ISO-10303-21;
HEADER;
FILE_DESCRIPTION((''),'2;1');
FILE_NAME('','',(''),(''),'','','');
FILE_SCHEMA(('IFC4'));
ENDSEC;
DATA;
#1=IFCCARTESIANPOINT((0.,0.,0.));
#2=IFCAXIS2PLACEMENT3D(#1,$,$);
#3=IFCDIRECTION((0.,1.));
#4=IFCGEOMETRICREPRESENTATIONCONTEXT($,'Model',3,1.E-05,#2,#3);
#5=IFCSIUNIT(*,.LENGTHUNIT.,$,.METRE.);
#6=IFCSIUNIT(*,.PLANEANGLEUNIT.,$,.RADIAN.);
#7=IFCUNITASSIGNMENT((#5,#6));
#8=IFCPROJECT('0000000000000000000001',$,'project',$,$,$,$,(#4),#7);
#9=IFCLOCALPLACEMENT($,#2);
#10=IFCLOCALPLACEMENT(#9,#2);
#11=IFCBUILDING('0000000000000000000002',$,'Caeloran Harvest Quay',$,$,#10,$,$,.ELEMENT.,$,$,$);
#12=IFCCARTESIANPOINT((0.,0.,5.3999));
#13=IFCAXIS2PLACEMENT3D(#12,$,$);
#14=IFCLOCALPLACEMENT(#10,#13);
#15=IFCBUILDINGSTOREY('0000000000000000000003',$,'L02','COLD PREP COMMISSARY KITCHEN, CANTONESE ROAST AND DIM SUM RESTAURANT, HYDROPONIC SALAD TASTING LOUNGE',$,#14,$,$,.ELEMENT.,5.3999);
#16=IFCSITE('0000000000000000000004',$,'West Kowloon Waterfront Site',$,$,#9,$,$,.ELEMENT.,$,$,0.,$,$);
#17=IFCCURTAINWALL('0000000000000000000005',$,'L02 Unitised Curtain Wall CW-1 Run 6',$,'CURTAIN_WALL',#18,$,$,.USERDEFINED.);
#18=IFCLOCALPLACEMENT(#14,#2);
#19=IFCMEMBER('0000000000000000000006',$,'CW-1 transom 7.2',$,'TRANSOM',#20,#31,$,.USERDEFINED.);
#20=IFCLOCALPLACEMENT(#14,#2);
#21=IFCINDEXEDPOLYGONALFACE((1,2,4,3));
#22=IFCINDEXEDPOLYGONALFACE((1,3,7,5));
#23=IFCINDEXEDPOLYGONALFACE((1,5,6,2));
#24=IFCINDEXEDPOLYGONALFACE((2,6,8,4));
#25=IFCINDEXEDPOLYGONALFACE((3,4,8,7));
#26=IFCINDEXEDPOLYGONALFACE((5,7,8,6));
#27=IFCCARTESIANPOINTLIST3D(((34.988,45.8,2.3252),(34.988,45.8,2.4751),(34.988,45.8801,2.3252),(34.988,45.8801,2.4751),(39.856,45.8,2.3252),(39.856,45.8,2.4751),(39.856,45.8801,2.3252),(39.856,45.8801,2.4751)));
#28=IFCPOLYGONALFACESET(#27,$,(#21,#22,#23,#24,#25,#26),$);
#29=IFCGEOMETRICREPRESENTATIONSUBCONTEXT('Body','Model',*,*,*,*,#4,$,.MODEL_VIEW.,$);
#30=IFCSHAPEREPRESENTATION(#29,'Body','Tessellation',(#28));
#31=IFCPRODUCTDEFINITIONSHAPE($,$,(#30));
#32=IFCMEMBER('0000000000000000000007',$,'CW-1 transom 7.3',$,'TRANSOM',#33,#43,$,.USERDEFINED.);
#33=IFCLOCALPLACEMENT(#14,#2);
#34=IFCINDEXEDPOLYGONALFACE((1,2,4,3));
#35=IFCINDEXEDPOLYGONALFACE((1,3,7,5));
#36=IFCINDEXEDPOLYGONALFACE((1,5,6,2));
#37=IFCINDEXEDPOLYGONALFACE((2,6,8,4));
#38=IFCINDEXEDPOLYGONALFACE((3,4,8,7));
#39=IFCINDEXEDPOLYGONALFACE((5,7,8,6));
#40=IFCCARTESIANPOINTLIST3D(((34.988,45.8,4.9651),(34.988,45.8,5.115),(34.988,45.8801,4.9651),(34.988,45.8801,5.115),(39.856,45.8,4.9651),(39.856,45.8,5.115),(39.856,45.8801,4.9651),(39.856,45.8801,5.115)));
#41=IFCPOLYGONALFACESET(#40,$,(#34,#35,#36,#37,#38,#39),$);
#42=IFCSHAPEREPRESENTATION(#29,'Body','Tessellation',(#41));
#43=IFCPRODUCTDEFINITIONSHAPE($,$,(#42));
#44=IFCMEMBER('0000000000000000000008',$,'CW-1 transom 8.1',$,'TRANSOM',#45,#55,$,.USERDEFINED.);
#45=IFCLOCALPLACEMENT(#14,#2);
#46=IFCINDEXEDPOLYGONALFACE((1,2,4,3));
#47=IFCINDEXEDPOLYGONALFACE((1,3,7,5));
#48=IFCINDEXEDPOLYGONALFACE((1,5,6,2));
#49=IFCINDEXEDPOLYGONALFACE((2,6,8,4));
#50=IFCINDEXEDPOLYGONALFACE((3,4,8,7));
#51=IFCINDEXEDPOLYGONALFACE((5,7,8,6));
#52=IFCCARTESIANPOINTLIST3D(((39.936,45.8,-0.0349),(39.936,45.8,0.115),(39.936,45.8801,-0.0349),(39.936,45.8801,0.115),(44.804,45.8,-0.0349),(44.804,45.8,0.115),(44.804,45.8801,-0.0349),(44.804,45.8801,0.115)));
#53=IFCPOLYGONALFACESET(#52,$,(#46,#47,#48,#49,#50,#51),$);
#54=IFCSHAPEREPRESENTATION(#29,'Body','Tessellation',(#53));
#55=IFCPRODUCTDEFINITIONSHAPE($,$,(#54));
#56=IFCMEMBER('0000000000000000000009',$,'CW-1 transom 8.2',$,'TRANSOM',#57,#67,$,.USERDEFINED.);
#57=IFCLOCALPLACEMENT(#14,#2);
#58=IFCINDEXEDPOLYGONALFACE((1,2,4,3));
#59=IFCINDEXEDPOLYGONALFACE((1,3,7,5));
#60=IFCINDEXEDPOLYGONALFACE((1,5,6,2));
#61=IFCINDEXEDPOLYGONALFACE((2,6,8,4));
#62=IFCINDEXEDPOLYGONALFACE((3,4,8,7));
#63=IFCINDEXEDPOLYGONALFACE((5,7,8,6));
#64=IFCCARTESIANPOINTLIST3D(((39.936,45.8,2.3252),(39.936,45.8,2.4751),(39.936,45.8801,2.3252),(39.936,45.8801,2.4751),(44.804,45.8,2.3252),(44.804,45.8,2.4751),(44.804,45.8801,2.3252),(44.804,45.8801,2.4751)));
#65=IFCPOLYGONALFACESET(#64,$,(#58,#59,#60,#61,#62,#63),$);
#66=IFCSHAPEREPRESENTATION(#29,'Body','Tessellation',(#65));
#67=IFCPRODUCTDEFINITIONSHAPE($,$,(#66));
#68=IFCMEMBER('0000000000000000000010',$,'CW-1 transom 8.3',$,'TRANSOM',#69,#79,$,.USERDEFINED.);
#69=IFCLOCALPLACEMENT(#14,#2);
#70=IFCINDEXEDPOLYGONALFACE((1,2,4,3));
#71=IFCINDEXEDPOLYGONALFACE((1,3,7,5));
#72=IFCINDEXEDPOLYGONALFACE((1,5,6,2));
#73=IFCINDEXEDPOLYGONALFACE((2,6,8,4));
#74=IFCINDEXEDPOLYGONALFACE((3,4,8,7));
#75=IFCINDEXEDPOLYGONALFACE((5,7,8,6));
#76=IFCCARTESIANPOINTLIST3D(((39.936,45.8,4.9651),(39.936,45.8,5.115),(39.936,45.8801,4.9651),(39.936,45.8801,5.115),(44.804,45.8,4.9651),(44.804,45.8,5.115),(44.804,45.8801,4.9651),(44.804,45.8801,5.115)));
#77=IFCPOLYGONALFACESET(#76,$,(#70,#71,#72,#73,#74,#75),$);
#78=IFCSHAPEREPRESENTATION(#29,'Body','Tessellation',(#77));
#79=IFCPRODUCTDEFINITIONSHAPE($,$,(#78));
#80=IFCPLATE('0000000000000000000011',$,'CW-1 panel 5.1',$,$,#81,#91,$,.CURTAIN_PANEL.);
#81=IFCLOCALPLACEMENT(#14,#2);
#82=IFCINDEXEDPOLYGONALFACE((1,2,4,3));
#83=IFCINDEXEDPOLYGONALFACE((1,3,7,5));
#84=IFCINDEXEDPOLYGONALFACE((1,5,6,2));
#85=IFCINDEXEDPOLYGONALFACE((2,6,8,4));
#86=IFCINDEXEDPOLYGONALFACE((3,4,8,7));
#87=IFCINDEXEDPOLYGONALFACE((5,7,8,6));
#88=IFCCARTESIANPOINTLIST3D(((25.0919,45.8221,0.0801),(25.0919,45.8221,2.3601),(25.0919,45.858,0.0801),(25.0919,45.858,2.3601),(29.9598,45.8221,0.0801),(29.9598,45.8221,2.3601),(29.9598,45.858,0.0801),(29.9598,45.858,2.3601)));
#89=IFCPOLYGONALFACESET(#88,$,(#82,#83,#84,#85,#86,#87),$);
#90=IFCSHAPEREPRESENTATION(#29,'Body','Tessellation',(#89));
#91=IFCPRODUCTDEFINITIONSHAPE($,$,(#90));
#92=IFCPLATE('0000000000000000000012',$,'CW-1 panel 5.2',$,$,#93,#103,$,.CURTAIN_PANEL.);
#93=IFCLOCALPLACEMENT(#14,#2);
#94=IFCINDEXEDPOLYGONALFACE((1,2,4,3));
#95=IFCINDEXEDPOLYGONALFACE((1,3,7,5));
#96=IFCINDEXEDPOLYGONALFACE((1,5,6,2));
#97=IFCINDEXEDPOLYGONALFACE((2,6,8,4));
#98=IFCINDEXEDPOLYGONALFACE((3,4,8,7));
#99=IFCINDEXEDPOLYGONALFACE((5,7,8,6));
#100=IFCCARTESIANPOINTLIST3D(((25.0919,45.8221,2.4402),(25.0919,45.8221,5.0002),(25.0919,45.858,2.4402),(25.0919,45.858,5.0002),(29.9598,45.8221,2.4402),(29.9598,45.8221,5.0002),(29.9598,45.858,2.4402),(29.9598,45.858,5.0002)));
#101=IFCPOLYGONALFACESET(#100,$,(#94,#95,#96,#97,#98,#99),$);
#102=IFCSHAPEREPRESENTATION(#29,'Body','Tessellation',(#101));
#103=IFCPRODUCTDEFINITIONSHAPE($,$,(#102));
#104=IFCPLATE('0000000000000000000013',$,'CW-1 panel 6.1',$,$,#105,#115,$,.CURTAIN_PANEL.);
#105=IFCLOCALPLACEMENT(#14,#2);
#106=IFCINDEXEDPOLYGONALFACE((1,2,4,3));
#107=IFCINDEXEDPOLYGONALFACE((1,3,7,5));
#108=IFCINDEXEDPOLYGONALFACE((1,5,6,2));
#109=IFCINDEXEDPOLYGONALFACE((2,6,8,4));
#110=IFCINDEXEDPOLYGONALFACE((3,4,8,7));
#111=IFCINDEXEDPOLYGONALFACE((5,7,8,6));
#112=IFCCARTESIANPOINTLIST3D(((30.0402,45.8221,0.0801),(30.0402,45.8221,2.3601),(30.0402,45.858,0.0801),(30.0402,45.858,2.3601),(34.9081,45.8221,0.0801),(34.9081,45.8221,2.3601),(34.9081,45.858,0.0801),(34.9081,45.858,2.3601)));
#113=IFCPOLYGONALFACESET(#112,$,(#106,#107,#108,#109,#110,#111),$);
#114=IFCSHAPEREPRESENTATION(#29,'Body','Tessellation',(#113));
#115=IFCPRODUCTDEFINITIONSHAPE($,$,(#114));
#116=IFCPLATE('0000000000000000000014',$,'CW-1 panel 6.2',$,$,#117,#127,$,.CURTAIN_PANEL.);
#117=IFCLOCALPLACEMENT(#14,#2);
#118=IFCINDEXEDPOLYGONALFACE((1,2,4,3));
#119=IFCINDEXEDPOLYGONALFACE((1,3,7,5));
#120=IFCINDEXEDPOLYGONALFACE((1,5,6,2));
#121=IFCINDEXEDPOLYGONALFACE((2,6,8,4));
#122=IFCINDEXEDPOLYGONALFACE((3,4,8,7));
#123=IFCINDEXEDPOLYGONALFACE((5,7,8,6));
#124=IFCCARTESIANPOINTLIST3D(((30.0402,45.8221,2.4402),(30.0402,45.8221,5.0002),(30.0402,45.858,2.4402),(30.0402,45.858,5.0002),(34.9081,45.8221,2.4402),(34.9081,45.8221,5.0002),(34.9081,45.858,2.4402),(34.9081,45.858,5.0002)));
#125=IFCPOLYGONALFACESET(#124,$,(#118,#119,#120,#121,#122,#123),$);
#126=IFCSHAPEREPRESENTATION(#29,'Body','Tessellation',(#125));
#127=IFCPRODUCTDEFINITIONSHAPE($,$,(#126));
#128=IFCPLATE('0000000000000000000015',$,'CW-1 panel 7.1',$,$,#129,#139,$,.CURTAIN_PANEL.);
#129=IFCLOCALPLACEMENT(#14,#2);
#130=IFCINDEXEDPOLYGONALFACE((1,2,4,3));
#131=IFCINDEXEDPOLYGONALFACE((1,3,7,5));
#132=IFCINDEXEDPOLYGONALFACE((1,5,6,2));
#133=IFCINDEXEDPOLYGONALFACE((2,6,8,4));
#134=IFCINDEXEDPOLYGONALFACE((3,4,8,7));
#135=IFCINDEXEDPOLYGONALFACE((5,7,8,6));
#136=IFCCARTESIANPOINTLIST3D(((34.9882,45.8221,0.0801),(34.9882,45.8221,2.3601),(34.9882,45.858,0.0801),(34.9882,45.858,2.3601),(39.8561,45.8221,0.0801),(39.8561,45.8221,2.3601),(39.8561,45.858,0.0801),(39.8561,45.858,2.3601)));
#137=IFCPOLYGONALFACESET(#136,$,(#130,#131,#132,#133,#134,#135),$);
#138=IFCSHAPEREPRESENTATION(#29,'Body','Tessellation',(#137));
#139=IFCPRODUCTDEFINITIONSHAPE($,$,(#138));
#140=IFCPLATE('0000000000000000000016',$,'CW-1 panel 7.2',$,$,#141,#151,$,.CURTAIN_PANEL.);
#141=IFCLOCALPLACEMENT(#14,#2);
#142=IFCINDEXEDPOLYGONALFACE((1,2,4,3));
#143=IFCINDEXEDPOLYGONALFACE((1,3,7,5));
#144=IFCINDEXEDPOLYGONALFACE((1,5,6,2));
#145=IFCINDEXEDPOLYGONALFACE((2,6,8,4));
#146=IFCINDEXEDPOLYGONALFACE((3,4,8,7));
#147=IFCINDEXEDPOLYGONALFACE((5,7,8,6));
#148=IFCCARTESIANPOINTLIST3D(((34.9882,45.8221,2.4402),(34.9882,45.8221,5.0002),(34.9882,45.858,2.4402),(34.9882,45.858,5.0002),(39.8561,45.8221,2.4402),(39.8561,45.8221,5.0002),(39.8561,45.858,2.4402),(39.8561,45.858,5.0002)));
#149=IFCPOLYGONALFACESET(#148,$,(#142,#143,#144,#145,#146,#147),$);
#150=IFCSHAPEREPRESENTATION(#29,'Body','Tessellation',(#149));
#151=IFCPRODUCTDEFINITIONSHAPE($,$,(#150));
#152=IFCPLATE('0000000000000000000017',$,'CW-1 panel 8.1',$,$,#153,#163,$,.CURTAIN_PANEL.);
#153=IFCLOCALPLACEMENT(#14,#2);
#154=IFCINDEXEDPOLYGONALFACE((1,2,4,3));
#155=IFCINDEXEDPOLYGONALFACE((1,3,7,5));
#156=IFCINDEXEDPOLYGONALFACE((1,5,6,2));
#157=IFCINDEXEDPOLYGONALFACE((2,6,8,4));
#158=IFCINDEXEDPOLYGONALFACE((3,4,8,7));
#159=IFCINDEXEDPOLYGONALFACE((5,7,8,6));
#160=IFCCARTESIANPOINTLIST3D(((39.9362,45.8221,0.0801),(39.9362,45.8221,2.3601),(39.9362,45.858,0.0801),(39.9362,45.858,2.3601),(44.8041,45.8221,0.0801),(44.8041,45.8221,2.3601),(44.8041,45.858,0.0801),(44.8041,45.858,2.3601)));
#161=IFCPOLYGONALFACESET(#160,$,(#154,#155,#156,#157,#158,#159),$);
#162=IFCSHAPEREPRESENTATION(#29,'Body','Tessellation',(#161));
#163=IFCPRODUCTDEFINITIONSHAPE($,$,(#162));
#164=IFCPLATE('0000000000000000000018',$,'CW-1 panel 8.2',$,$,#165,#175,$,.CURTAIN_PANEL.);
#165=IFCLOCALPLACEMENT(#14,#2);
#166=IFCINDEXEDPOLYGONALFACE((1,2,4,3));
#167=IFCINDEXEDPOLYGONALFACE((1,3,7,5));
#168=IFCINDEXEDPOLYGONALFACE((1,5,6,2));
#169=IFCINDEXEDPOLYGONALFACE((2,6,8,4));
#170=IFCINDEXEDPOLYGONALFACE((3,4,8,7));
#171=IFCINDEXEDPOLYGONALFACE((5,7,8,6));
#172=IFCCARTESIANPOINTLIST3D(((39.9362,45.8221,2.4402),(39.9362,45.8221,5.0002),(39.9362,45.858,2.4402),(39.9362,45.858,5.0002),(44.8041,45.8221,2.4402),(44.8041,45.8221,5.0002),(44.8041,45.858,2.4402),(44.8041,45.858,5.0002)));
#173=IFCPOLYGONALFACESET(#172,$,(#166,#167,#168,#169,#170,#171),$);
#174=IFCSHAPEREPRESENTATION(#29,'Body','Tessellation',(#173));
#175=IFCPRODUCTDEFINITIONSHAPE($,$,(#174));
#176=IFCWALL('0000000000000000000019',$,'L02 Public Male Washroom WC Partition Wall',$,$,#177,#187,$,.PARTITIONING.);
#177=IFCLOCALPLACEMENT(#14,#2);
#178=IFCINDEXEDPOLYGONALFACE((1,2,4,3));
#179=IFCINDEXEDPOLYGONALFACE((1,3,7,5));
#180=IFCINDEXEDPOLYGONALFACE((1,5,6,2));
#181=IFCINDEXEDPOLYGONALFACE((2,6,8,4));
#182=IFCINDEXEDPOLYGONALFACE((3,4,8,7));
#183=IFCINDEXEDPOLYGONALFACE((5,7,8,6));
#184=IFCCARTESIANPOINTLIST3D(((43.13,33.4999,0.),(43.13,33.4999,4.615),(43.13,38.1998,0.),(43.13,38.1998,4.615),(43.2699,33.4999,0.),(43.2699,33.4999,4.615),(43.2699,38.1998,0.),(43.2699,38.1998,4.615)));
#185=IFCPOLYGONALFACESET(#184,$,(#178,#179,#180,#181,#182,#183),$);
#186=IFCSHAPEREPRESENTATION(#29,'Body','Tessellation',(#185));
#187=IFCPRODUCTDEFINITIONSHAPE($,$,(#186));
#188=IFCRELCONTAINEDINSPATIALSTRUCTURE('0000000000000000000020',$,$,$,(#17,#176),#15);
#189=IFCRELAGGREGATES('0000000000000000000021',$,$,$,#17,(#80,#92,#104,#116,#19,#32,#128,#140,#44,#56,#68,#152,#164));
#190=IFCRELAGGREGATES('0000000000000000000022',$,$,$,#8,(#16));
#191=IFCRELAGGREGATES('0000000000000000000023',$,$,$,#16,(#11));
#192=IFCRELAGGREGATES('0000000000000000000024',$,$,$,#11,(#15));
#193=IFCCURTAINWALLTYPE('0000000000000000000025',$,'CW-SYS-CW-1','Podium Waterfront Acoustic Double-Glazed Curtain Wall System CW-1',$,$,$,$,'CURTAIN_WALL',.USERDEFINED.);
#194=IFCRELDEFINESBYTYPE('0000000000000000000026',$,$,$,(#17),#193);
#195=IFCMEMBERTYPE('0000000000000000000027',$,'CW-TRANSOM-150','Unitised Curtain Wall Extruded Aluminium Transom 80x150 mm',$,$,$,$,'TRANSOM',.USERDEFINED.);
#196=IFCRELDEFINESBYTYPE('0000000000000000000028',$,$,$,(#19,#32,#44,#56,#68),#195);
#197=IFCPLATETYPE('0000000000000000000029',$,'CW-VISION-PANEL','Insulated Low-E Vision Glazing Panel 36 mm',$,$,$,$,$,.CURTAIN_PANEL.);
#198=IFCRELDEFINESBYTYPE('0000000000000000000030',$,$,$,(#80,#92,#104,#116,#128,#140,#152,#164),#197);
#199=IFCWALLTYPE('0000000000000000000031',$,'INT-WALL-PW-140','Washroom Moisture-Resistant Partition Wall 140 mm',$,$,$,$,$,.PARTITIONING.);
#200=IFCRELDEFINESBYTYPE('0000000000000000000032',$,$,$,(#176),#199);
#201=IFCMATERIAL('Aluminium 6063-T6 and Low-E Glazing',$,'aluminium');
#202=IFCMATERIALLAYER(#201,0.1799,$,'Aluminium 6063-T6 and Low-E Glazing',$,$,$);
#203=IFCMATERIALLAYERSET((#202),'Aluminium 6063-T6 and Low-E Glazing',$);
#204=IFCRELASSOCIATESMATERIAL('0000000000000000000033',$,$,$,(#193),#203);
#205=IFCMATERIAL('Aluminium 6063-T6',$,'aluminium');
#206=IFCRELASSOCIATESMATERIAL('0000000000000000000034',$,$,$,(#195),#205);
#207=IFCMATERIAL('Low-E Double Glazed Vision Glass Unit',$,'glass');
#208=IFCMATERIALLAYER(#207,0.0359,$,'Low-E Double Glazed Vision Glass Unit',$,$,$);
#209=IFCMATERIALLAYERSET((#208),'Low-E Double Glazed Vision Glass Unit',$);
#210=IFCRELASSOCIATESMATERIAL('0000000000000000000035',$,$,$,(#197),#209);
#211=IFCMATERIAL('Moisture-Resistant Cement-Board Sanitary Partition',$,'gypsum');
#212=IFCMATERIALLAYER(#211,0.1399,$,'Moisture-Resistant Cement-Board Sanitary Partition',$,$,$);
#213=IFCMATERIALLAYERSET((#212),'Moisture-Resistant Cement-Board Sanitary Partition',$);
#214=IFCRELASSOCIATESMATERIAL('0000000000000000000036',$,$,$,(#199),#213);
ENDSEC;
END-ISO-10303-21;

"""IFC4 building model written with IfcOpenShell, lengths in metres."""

from ifc_helpers import new_model, si_unit, direction, frame, frame_2d, origin, origin_2d, place, context, subcontext, project, spatial, rectangle, extrude, material, layer, layer_set, material_profile, profile_set, type_object, element, aggregate, save


model = new_model("IFC4")

# Units and contexts
model_context = context("Model", 3, precision=1e-05, world=origin(), true_north=direction((0.0, 1.0)))
body_context = subcontext(model_context, "Body", "Model", "MODEL_VIEW")
ifc_project = project(units=[si_unit("LENGTHUNIT", "METRE"), si_unit("PLANEANGLEUNIT", "RADIAN")], contexts=[model_context])

# Site, building, storey
site_placement = place(None, origin())
site = spatial("IfcSite", under=ifc_project, at=site_placement, Name="West Kowloon Waterfront Site", CompositionType="ELEMENT", RefElevation=0.0)
building_placement = place(site_placement, origin())
building = spatial("IfcBuilding", under=site, at=building_placement, Name="Caeloran Harvest Quay", CompositionType="ELEMENT")
storey_placement = place(building_placement, frame((0.0, 0.0, 5.3999)))
storey = spatial("IfcBuildingStorey", under=building, at=storey_placement, Name="L02", Description="COLD PREP COMMISSARY KITCHEN, CANTONESE ROAST AND DIM SUM RESTAURANT, HYDROPONIC SALAD TASTING LOUNGE", CompositionType="ELEMENT", Elevation=5.3999)

# Curtain wall, members, plates
ifc_material_1 = material(Name="Aluminium 6063-T6 and Low-E Glazing", Category="aluminium")
ifc_layer_1 = layer(ifc_material_1, 0.1799, Name="Aluminium 6063-T6 and Low-E Glazing")
ifc_layer_set_1 = layer_set([ifc_layer_1], Name="Aluminium 6063-T6 and Low-E Glazing")
curtain_wall_type = type_object("IfcCurtainWallType", Name="CW-SYS-CW-1", Description="Podium Waterfront Acoustic Double-Glazed Curtain Wall System CW-1", ElementType="CURTAIN_WALL", PredefinedType="USERDEFINED", material=ifc_layer_set_1)
curtain_wall_placement = place(storey_placement, origin())
curtain_wall = element("IfcCurtainWall", 1, at=curtain_wall_placement, inside=storey, type_object=curtain_wall_type, Name="L02 Unitised Curtain Wall CW-1 Run 6", ObjectType="CURTAIN_WALL", PredefinedType="USERDEFINED")
ifc_material_2 = material(Name="Aluminium 6063-T6", Category="aluminium")
ifc_material_profile_1 = material_profile(ifc_material_2, rectangle(XDim=0.0801, YDim=0.1499, at=origin_2d()), Name="CW-TRANSOM-150")
ifc_profile_set_1 = profile_set([ifc_material_profile_1], Name="Aluminium 6063-T6")
member_type_1 = type_object("IfcMemberType", Name="CW-TRANSOM-150", Description="Unitised Curtain Wall Extruded Aluminium Transom 80x150 mm", ElementType="TRANSOM", PredefinedType="USERDEFINED", material=ifc_profile_set_1)
member_1_placement = place(storey_placement, frame((34.988, 45.8401, 2.4001), z_axis=(1.0, 0.0, 0.0), x_axis=(0.0, 1.0, 0.0)))
member_1 = element("IfcMember", 2, at=member_1_placement, type_object=member_type_1, Name="CW-1 transom 7.2", ObjectType="TRANSOM", PredefinedType="USERDEFINED", context=body_context, shape_type="SweptSolid", body=[
    extrude(rectangle(XDim=0.0801, YDim=0.1499, at=origin_2d()), origin(), (0.0, 0.0, 1.0), 4.8679),
])
member_2_placement = place(storey_placement, frame((34.988, 45.8401, 5.04), z_axis=(1.0, 0.0, 0.0), x_axis=(0.0, 1.0, 0.0)))
member_2 = element("IfcMember", 3, at=member_2_placement, type_object=member_type_1, Name="CW-1 transom 7.3", ObjectType="TRANSOM", PredefinedType="USERDEFINED", context=body_context, shape_type="SweptSolid", body=[
    extrude(rectangle(XDim=0.0801, YDim=0.1499, at=origin_2d()), origin(), (0.0, 0.0, 1.0), 4.8679),
])
member_3_placement = place(storey_placement, frame((39.936, 45.8401, 0.04), z_axis=(1.0, 0.0, 0.0), x_axis=(0.0, 1.0, 0.0)))
member_3 = element("IfcMember", 4, at=member_3_placement, type_object=member_type_1, Name="CW-1 transom 8.1", ObjectType="TRANSOM", PredefinedType="USERDEFINED", context=body_context, shape_type="SweptSolid", body=[
    extrude(rectangle(XDim=0.0801, YDim=0.1499, at=origin_2d()), origin(), (0.0, 0.0, 1.0), 4.8679),
])
member_4_placement = place(storey_placement, frame((39.936, 45.8401, 2.4001), z_axis=(1.0, 0.0, 0.0), x_axis=(0.0, 1.0, 0.0)))
member_4 = element("IfcMember", 5, at=member_4_placement, type_object=member_type_1, Name="CW-1 transom 8.2", ObjectType="TRANSOM", PredefinedType="USERDEFINED", context=body_context, shape_type="SweptSolid", body=[
    extrude(rectangle(XDim=0.0801, YDim=0.1499, at=origin_2d()), origin(), (0.0, 0.0, 1.0), 4.8679),
])
member_5_placement = place(storey_placement, frame((39.936, 45.8401, 5.04), z_axis=(1.0, 0.0, 0.0), x_axis=(0.0, 1.0, 0.0)))
member_5 = element("IfcMember", 6, at=member_5_placement, type_object=member_type_1, Name="CW-1 transom 8.3", ObjectType="TRANSOM", PredefinedType="USERDEFINED", context=body_context, shape_type="SweptSolid", body=[
    extrude(rectangle(XDim=0.0801, YDim=0.1499, at=origin_2d()), origin(), (0.0, 0.0, 1.0), 4.8679),
])
ifc_material_3 = material(Name="Low-E Double Glazed Vision Glass Unit", Category="glass")
ifc_layer_2 = layer(ifc_material_3, 0.0359, Name="Low-E Double Glazed Vision Glass Unit")
ifc_layer_set_2 = layer_set([ifc_layer_2], Name="Low-E Double Glazed Vision Glass Unit")
plate_type = type_object("IfcPlateType", Name="CW-VISION-PANEL", Description="Insulated Low-E Vision Glazing Panel 36 mm", PredefinedType="CURTAIN_PANEL", material=ifc_layer_set_2)
plate_1_placement = place(storey_placement, frame((27.5259, 45.8401, 0.0801), z_axis=(0.0, 0.0, 1.0), x_axis=(1.0, 0.0, 0.0)))
plate_1 = element("IfcPlate", 7, at=plate_1_placement, type_object=plate_type, Name="CW-1 panel 5.1", PredefinedType="CURTAIN_PANEL", context=body_context, shape_type="SweptSolid", body=[
    extrude(rectangle(XDim=4.8679, YDim=0.0359, at=origin_2d()), origin(), (0.0, 0.0, 1.0), 2.28),
])
plate_2_placement = place(storey_placement, frame((27.5259, 45.8401, 2.4402), z_axis=(0.0, 0.0, 1.0), x_axis=(1.0, 0.0, 0.0)))
plate_2 = element("IfcPlate", 8, at=plate_2_placement, type_object=plate_type, Name="CW-1 panel 5.2", PredefinedType="CURTAIN_PANEL", context=body_context, shape_type="SweptSolid", body=[
    extrude(rectangle(XDim=4.8679, YDim=0.0359, at=origin_2d()), origin(), (0.0, 0.0, 1.0), 2.5601),
])
plate_3_placement = place(storey_placement, frame((32.4741, 45.8401, 0.0801), z_axis=(0.0, 0.0, 1.0), x_axis=(1.0, 0.0, 0.0)))
plate_3 = element("IfcPlate", 9, at=plate_3_placement, type_object=plate_type, Name="CW-1 panel 6.1", PredefinedType="CURTAIN_PANEL", context=body_context, shape_type="SweptSolid", body=[
    extrude(rectangle(XDim=4.8679, YDim=0.0359, at=origin_2d()), origin(), (0.0, 0.0, 1.0), 2.28),
])
plate_4_placement = place(storey_placement, frame((32.4741, 45.8401, 2.4402), z_axis=(0.0, 0.0, 1.0), x_axis=(1.0, 0.0, 0.0)))
plate_4 = element("IfcPlate", 10, at=plate_4_placement, type_object=plate_type, Name="CW-1 panel 6.2", PredefinedType="CURTAIN_PANEL", context=body_context, shape_type="SweptSolid", body=[
    extrude(rectangle(XDim=4.8679, YDim=0.0359, at=origin_2d()), origin(), (0.0, 0.0, 1.0), 2.5601),
])
plate_5_placement = place(storey_placement, frame((37.4221, 45.8401, 0.0801), z_axis=(0.0, 0.0, 1.0), x_axis=(1.0, 0.0, 0.0)))
plate_5 = element("IfcPlate", 11, at=plate_5_placement, type_object=plate_type, Name="CW-1 panel 7.1", PredefinedType="CURTAIN_PANEL", context=body_context, shape_type="SweptSolid", body=[
    extrude(rectangle(XDim=4.8679, YDim=0.0359, at=origin_2d()), origin(), (0.0, 0.0, 1.0), 2.28),
])
plate_6_placement = place(storey_placement, frame((37.4221, 45.8401, 2.4402), z_axis=(0.0, 0.0, 1.0), x_axis=(1.0, 0.0, 0.0)))
plate_6 = element("IfcPlate", 12, at=plate_6_placement, type_object=plate_type, Name="CW-1 panel 7.2", PredefinedType="CURTAIN_PANEL", context=body_context, shape_type="SweptSolid", body=[
    extrude(rectangle(XDim=4.8679, YDim=0.0359, at=origin_2d()), origin(), (0.0, 0.0, 1.0), 2.5601),
])
plate_7_placement = place(storey_placement, frame((42.3701, 45.8401, 0.0801), z_axis=(0.0, 0.0, 1.0), x_axis=(1.0, 0.0, 0.0)))
plate_7 = element("IfcPlate", 13, at=plate_7_placement, type_object=plate_type, Name="CW-1 panel 8.1", PredefinedType="CURTAIN_PANEL", context=body_context, shape_type="SweptSolid", body=[
    extrude(rectangle(XDim=4.8679, YDim=0.0359, at=origin_2d()), origin(), (0.0, 0.0, 1.0), 2.28),
])
plate_8_placement = place(storey_placement, frame((42.3701, 45.8401, 2.4402), z_axis=(0.0, 0.0, 1.0), x_axis=(1.0, 0.0, 0.0)))
plate_8 = element("IfcPlate", 14, at=plate_8_placement, type_object=plate_type, Name="CW-1 panel 8.2", PredefinedType="CURTAIN_PANEL", context=body_context, shape_type="SweptSolid", body=[
    extrude(rectangle(XDim=4.8679, YDim=0.0359, at=origin_2d()), origin(), (0.0, 0.0, 1.0), 2.5601),
])
aggregate(curtain_wall, [plate_1, plate_2, plate_3, plate_4, member_1, member_2, plate_5, plate_6, member_3, member_4, member_5, plate_7, plate_8])

# Wall
ifc_material_4 = material(Name="Moisture-Resistant Cement-Board Sanitary Partition", Category="gypsum")
ifc_layer_3 = layer(ifc_material_4, 0.1399, Name="Moisture-Resistant Cement-Board Sanitary Partition")
ifc_layer_set_3 = layer_set([ifc_layer_3], Name="Moisture-Resistant Cement-Board Sanitary Partition")
wall_type_1 = type_object("IfcWallType", Name="INT-WALL-PW-140", Description="Washroom Moisture-Resistant Partition Wall 140 mm", PredefinedType="PARTITIONING", material=ifc_layer_set_3)
wall_1_placement = place(storey_placement, frame((43.2, 38.2, 0.0), z_axis=(0.0, 0.0, 1.0), x_axis=(0.0, -1.0, 0.0)))
element("IfcWall", 15, at=wall_1_placement, inside=storey, type_object=wall_type_1, Name="L02 Public Male Washroom WC Partition Wall", PredefinedType="PARTITIONING", context=body_context, shape_type="SweptSolid", body=[
    extrude(rectangle(XDim=4.7, YDim=0.1399, at=frame_2d((2.3501, 0.0))), origin(), (0.0, 0.0, 1.0), 4.615),
])

save(model, "model.ifc")
